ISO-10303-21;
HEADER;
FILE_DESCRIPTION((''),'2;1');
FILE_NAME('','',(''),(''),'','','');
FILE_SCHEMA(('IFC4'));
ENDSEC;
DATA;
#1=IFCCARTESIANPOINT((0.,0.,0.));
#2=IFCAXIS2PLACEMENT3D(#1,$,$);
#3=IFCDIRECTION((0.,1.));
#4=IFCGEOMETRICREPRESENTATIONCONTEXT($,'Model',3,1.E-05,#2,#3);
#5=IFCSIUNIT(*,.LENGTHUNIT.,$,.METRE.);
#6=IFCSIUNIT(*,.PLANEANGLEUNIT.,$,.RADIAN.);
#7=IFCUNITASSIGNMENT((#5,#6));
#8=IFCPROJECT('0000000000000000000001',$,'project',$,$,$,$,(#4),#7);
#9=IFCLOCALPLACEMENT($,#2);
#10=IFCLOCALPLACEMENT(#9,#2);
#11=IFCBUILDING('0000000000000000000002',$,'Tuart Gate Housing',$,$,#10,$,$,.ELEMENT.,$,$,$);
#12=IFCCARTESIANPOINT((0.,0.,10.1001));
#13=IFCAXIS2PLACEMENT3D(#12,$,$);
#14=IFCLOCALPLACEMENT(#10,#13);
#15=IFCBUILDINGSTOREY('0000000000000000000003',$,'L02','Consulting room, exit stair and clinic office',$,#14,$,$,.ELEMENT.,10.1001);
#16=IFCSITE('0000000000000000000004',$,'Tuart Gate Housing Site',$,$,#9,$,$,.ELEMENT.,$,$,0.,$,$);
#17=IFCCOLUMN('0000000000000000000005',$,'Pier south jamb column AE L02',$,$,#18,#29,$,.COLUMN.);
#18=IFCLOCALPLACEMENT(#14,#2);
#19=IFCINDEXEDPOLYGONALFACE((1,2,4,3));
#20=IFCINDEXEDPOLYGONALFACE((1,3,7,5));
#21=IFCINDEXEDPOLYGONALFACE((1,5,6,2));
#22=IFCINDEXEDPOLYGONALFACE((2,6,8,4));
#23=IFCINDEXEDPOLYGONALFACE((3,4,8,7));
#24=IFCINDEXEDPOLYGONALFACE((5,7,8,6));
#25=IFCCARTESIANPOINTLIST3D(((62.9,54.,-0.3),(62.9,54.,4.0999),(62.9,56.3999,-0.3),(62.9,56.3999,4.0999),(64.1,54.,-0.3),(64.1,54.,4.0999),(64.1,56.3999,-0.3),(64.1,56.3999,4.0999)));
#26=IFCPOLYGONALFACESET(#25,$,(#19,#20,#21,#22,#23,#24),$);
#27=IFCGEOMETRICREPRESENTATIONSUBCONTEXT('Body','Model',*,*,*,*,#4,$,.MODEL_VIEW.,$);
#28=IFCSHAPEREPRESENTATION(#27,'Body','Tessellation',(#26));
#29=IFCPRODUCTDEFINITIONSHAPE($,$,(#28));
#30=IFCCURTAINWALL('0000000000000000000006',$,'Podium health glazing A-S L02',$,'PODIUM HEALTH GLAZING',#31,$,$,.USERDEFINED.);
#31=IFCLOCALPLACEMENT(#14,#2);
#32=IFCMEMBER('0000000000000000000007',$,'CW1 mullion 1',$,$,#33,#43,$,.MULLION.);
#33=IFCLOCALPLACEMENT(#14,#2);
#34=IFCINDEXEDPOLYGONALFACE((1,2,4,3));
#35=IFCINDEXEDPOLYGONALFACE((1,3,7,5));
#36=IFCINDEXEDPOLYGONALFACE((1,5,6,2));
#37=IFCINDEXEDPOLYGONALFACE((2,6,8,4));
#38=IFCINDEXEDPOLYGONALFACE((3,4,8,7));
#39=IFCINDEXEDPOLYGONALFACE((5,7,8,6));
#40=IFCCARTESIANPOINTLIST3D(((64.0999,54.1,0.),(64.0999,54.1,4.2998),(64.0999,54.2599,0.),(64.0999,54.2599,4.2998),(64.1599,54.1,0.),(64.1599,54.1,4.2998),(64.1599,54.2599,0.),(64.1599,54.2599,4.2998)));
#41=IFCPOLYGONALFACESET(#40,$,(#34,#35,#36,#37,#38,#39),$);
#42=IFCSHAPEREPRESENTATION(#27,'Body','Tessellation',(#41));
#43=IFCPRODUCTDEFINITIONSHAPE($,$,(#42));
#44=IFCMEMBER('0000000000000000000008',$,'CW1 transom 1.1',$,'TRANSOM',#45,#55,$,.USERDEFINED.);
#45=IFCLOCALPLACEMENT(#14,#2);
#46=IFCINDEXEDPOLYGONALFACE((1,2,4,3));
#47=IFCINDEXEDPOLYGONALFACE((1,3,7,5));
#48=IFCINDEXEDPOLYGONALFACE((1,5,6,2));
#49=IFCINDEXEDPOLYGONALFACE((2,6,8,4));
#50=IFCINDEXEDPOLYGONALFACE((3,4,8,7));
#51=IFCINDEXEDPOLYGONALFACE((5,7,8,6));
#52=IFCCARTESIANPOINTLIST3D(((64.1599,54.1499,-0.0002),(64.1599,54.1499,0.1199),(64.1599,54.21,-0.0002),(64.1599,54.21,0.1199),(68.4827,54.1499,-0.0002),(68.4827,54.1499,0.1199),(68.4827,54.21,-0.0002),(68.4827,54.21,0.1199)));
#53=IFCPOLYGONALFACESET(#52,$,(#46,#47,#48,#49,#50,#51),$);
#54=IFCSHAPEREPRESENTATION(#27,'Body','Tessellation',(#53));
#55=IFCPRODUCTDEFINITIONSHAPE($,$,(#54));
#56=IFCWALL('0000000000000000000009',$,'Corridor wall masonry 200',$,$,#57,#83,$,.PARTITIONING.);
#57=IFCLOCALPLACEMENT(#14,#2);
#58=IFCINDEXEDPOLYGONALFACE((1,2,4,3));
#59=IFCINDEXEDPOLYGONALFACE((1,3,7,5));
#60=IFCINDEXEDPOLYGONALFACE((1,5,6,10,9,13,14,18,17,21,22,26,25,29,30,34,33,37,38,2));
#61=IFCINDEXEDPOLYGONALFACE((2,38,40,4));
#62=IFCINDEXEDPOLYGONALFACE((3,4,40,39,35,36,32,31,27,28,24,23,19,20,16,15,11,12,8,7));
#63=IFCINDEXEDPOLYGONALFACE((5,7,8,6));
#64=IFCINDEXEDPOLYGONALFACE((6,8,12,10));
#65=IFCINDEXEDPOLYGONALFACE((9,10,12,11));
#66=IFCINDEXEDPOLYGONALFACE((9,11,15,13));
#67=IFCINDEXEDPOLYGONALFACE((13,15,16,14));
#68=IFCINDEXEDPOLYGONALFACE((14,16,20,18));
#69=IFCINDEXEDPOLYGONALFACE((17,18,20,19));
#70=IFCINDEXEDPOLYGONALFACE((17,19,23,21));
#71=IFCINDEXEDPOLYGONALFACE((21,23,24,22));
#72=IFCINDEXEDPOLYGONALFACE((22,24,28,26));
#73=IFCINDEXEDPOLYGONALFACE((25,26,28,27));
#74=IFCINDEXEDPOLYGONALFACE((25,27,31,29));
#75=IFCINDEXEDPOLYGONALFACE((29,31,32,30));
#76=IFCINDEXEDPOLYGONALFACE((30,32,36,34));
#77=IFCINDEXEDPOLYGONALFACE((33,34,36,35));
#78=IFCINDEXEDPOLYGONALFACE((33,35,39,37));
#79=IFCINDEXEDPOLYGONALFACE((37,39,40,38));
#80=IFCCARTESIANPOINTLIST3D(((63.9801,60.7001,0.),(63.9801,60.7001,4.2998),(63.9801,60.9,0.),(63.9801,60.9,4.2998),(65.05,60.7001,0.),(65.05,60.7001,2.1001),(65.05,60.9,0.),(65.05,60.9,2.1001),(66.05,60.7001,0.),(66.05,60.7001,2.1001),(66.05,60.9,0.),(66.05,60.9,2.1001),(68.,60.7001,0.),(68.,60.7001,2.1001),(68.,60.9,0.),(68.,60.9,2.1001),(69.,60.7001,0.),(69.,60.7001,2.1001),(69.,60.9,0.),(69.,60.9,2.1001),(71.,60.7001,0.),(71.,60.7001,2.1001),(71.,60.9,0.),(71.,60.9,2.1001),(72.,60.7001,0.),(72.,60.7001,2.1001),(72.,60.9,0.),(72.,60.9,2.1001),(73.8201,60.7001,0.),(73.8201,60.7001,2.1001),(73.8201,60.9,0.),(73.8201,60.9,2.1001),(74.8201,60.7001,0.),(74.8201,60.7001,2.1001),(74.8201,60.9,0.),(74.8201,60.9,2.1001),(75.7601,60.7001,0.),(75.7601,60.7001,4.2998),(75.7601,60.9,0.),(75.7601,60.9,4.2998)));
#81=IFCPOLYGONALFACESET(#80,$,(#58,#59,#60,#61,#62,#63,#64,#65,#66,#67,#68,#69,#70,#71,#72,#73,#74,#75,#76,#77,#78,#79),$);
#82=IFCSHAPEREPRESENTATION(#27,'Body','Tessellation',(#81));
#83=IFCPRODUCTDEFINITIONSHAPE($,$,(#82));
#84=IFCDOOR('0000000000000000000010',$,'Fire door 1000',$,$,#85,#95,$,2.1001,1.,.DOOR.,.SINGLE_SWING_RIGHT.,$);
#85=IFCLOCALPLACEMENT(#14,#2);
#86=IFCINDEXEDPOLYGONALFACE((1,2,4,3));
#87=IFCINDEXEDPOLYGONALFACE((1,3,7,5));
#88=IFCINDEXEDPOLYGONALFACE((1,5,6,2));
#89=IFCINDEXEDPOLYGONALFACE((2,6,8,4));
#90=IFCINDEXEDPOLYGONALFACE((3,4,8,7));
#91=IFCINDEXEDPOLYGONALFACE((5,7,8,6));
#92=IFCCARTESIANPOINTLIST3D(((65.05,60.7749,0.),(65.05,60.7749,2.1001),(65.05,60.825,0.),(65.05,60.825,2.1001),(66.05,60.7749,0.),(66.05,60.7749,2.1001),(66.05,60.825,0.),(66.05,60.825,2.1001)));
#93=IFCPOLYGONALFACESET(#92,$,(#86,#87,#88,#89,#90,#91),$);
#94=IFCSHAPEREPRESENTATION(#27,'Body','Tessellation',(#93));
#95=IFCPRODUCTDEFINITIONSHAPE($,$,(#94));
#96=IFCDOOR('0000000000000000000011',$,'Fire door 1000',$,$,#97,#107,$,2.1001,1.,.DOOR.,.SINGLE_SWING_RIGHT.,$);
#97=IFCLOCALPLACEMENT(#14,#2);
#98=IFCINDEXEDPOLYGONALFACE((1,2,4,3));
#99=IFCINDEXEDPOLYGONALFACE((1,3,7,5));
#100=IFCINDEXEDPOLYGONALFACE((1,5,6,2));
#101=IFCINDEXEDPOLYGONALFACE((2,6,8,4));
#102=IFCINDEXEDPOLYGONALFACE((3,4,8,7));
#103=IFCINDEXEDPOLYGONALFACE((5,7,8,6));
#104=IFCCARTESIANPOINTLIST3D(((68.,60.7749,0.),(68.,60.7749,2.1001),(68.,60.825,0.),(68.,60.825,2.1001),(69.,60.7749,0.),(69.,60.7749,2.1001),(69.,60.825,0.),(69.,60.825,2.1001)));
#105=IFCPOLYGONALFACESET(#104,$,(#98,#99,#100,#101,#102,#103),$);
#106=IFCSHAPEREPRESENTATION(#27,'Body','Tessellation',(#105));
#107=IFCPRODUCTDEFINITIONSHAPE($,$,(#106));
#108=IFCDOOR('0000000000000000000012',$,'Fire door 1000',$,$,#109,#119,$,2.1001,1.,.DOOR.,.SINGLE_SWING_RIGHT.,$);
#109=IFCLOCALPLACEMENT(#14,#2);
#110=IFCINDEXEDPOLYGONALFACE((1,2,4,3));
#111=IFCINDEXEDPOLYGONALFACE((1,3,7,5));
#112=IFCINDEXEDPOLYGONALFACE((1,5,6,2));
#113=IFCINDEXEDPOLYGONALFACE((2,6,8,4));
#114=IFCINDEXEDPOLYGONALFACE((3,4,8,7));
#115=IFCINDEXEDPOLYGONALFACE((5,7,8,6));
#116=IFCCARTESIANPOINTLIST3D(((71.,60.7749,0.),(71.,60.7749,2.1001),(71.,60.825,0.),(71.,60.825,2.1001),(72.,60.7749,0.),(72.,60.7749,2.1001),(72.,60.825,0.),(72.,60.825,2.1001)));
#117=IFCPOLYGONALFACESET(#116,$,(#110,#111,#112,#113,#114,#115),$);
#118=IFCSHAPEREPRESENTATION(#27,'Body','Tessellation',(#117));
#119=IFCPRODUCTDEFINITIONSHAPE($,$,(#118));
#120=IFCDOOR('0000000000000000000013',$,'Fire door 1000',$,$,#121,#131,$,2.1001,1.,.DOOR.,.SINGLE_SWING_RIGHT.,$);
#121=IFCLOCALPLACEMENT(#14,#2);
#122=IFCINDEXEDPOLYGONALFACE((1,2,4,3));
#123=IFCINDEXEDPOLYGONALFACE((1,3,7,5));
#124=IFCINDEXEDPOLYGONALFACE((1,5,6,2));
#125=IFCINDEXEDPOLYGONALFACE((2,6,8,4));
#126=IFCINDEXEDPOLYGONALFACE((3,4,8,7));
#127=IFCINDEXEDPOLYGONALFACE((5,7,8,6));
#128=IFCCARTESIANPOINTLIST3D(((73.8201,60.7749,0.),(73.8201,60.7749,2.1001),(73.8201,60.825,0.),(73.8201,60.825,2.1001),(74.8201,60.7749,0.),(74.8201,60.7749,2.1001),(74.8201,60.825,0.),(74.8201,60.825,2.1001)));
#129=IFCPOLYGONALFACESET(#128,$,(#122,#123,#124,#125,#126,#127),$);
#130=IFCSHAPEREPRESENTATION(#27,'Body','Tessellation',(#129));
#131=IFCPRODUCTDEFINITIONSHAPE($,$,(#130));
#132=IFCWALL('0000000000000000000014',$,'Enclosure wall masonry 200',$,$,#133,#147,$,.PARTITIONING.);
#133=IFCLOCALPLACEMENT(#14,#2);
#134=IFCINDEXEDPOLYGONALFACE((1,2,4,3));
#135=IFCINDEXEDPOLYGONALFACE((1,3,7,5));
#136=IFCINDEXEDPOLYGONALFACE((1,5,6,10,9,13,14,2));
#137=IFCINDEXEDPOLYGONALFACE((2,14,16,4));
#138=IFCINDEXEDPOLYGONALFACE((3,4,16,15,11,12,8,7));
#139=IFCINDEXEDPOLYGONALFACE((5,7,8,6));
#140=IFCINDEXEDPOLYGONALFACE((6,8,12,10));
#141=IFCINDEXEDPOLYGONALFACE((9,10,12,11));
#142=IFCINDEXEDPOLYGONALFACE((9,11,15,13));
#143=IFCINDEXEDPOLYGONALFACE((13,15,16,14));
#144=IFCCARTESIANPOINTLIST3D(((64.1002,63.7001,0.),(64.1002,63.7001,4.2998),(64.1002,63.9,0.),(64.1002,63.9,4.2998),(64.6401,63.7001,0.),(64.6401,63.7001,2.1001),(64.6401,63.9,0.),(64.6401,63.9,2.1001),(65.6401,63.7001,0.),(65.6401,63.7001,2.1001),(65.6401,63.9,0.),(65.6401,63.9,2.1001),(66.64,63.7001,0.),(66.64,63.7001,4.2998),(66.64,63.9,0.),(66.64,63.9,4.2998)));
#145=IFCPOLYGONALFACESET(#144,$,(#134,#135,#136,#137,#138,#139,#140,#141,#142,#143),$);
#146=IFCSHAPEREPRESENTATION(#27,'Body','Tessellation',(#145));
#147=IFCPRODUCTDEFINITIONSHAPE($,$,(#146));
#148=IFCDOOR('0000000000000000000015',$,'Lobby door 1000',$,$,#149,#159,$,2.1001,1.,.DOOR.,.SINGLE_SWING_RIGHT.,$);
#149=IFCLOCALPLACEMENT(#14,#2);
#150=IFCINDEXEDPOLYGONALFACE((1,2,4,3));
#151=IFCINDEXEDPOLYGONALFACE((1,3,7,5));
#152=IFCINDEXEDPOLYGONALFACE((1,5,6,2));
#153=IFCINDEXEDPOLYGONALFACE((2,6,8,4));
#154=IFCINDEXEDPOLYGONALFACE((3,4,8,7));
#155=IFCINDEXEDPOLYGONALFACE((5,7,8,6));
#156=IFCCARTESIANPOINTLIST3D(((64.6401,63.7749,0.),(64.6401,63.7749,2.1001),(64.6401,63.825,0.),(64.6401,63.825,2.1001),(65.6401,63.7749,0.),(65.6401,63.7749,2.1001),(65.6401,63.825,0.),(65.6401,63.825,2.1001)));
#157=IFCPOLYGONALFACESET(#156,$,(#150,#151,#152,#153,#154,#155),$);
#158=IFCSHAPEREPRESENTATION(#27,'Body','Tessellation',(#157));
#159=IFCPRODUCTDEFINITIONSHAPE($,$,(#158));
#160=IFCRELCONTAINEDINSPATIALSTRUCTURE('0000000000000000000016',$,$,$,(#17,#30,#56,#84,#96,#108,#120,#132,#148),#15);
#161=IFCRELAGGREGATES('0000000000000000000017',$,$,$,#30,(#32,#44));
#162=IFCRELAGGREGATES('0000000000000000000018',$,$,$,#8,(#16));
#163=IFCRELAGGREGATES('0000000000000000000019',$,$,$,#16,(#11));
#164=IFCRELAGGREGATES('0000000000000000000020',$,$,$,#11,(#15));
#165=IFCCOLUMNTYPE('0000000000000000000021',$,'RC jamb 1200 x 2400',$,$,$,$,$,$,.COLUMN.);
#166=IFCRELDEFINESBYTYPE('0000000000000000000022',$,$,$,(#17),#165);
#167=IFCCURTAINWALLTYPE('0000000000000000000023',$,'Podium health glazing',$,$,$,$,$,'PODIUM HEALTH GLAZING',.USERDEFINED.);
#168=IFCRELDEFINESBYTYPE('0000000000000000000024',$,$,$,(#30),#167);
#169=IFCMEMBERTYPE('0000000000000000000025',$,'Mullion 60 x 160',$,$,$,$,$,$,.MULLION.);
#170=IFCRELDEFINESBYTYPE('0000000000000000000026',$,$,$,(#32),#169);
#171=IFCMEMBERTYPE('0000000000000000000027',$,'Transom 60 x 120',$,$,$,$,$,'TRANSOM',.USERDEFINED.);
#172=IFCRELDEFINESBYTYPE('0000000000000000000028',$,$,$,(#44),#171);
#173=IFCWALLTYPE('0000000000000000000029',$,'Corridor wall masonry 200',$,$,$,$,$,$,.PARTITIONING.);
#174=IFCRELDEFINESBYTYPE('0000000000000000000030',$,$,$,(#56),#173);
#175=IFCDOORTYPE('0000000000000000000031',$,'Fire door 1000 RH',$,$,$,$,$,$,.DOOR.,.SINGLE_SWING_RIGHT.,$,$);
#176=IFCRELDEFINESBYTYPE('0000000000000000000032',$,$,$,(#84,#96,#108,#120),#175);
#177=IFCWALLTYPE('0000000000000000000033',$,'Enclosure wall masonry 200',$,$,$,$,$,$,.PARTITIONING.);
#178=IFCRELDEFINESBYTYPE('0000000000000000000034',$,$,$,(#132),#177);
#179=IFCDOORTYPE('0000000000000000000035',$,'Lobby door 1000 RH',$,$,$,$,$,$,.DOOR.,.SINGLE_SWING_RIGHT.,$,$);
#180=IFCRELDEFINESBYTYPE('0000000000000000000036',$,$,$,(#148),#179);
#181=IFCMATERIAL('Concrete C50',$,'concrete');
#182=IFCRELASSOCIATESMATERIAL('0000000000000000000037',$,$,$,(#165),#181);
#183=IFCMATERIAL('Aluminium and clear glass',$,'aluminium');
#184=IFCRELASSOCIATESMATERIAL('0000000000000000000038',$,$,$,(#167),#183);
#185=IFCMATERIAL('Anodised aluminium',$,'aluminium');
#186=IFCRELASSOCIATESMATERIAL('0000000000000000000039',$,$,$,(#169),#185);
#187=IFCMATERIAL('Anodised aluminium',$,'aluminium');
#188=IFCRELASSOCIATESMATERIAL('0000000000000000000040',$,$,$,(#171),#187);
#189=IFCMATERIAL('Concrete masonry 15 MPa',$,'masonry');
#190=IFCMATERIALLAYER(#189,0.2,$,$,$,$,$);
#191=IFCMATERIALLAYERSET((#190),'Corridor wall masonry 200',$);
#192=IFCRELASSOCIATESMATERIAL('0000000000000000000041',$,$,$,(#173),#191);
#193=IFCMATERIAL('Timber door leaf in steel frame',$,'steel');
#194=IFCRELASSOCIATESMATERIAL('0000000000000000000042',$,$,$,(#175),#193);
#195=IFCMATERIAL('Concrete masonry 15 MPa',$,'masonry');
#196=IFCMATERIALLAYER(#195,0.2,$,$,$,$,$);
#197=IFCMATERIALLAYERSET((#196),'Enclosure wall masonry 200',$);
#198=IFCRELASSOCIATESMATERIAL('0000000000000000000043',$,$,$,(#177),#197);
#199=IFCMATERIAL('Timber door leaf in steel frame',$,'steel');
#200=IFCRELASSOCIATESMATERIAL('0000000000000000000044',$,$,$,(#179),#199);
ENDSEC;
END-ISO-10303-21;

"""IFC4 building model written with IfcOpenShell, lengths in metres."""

from ifc_helpers import new_model, si_unit, direction, frame, frame_2d, origin, origin_2d, place, context, subcontext, project, spatial, rectangle, extrude, material, layer, layer_set, material_profile, profile_set, type_object, element, fill, aggregate, save


model = new_model("IFC4")

# Units and contexts
model_context = context("Model", 3, precision=1e-05, world=origin(), true_north=direction((0.0, 1.0)))
body_context = subcontext(model_context, "Body", "Model", "MODEL_VIEW")
ifc_project = project(units=[si_unit("LENGTHUNIT", "METRE"), si_unit("PLANEANGLEUNIT", "RADIAN")], contexts=[model_context])

# Site, building, storey
site_placement = place(None, origin())
site = spatial("IfcSite", under=ifc_project, at=site_placement, Name="Tuart Gate Housing Site", CompositionType="ELEMENT", RefElevation=0.0)
building_placement = place(site_placement, origin())
building = spatial("IfcBuilding", under=site, at=building_placement, Name="Tuart Gate Housing", CompositionType="ELEMENT")
storey_placement = place(building_placement, frame((0.0, 0.0, 10.1001)))
storey = spatial("IfcBuildingStorey", under=building, at=storey_placement, Name="L02", Description="Consulting room, exit stair and clinic office", CompositionType="ELEMENT", Elevation=10.1001)

# Column
ifc_material_1 = material(Name="Concrete C50", Category="concrete")
ifc_material_profile_1 = material_profile(ifc_material_1, rectangle(XDim=1.2, YDim=2.3999, at=origin_2d()), Name="RC jamb 1200 x 2400")
ifc_profile_set_1 = profile_set([ifc_material_profile_1], Name="Concrete C50")
column_type = type_object("IfcColumnType", Name="RC jamb 1200 x 2400", PredefinedType="COLUMN", material=ifc_profile_set_1)
column_placement = place(storey_placement, frame((63.5, 55.2, -0.3), z_axis=(0.0, 0.0, 1.0), x_axis=(1.0, 0.0, 0.0)))
element("IfcColumn", 1, at=column_placement, inside=storey, type_object=column_type, Name="Pier south jamb column AE L02", PredefinedType="COLUMN", context=body_context, shape_type="SweptSolid", body=[
    extrude(rectangle(XDim=1.2, YDim=2.3999, at=origin_2d()), origin(), (0.0, 0.0, 1.0), 4.3999),
])

# Curtain wall, members
ifc_material_2 = material(Name="Aluminium and clear glass", Category="aluminium")
curtain_wall_type = type_object("IfcCurtainWallType", Name="Podium health glazing", ElementType="PODIUM HEALTH GLAZING", PredefinedType="USERDEFINED", material=ifc_material_2)
curtain_wall_placement = place(storey_placement, origin())
curtain_wall = element("IfcCurtainWall", 2, at=curtain_wall_placement, inside=storey, type_object=curtain_wall_type, Name="Podium health glazing A-S L02", ObjectType="PODIUM HEALTH GLAZING", PredefinedType="USERDEFINED")
ifc_material_3 = material(Name="Anodised aluminium", Category="aluminium")
ifc_material_profile_2 = material_profile(ifc_material_3, rectangle(XDim=0.0601, YDim=0.1599, at=origin_2d()), Name="60x160")
ifc_profile_set_2 = profile_set([ifc_material_profile_2], Name="Anodised aluminium")
member_type_1 = type_object("IfcMemberType", Name="Mullion 60 x 160", PredefinedType="MULLION", material=ifc_profile_set_2)
member_1_placement = place(storey_placement, frame((64.1299, 54.1799, 0.0), z_axis=(0.0, 0.0, 1.0), x_axis=(1.0, 0.0, 0.0)))
member_1 = element("IfcMember", 3, at=member_1_placement, type_object=member_type_1, Name="CW1 mullion 1", PredefinedType="MULLION", context=body_context, shape_type="SweptSolid", body=[
    extrude(rectangle(XDim=0.0601, YDim=0.1599, at=origin_2d()), origin(), (0.0, 0.0, 1.0), 4.2998),
])
ifc_material_4 = material(Name="Anodised aluminium", Category="aluminium")
ifc_material_profile_3 = material_profile(ifc_material_4, rectangle(XDim=0.0601, YDim=0.1201, at=origin_2d()), Name="60x120")
ifc_profile_set_3 = profile_set([ifc_material_profile_3], Name="Anodised aluminium")
member_type_2 = type_object("IfcMemberType", Name="Transom 60 x 120", ElementType="TRANSOM", PredefinedType="USERDEFINED", material=ifc_profile_set_3)
member_2_placement = place(storey_placement, frame((64.1599, 54.1799, 0.0598), z_axis=(1.0, 0.0, 0.0), x_axis=(0.0, 1.0, 0.0)))
member_2 = element("IfcMember", 4, at=member_2_placement, type_object=member_type_2, Name="CW1 transom 1.1", ObjectType="TRANSOM", PredefinedType="USERDEFINED", context=body_context, shape_type="SweptSolid", body=[
    extrude(rectangle(XDim=0.0601, YDim=0.1201, at=origin_2d()), origin(), (0.0, 0.0, 1.0), 4.3228),
])
aggregate(curtain_wall, [member_1, member_2])

# Wall, openings, doors
ifc_material_5 = material(Name="Concrete masonry 15 MPa", Category="masonry")
ifc_layer_1 = layer(ifc_material_5, 0.2)
ifc_layer_set_1 = layer_set([ifc_layer_1], Name="Corridor wall masonry 200")
wall_type_1 = type_object("IfcWallType", Name="Corridor wall masonry 200", PredefinedType="PARTITIONING", material=ifc_layer_set_1)
wall_1_placement = place(storey_placement, frame((63.98, 60.8, 0.0), z_axis=(0.0, 0.0, 1.0), x_axis=(1.0, 0.0, 0.0)))
wall_1 = element("IfcWall", 5, at=wall_1_placement, inside=storey, type_object=wall_type_1, Name="Corridor wall masonry 200", PredefinedType="PARTITIONING", context=body_context, shape_type="SweptSolid", body=[
    extrude(rectangle(XDim=11.78, YDim=0.2, at=frame_2d((5.8901, 0.0))), origin(), (0.0, 0.0, 1.0), 4.2998),
])
opening_1_placement = place(wall_1_placement, frame((1.0701, 0.0, 0.0)))
opening_1 = element("IfcOpeningElement", 6, at=opening_1_placement, cuts=wall_1, PredefinedType="OPENING", context=body_context, shape_type="SweptSolid", body=[
    extrude(rectangle(XDim=1.0, YDim=2.1001, at=frame_2d((0.5, 1.05))), frame((0.0, 0.1099, 0.0), z_axis=(0.0, -1.0, 0.0), x_axis=(1.0, 0.0, 0.0)), (0.0, 0.0, 1.0), 0.22),
])
opening_2_placement = place(wall_1_placement, frame((4.02, 0.0, 0.0)))
opening_2 = element("IfcOpeningElement", 7, at=opening_2_placement, cuts=wall_1, PredefinedType="OPENING", context=body_context, shape_type="SweptSolid", body=[
    extrude(rectangle(XDim=1.0, YDim=2.1001, at=frame_2d((0.5, 1.05))), frame((0.0, 0.1099, 0.0), z_axis=(0.0, -1.0, 0.0), x_axis=(1.0, 0.0, 0.0)), (0.0, 0.0, 1.0), 0.22),
])
opening_3_placement = place(wall_1_placement, frame((7.02, 0.0, 0.0)))
opening_3 = element("IfcOpeningElement", 8, at=opening_3_placement, cuts=wall_1, PredefinedType="OPENING", context=body_context, shape_type="SweptSolid", body=[
    extrude(rectangle(XDim=1.0, YDim=2.1001, at=frame_2d((0.5, 1.05))), frame((0.0, 0.1099, 0.0), z_axis=(0.0, -1.0, 0.0), x_axis=(1.0, 0.0, 0.0)), (0.0, 0.0, 1.0), 0.22),
])
opening_4_placement = place(wall_1_placement, frame((9.8401, 0.0, 0.0)))
opening_4 = element("IfcOpeningElement", 9, at=opening_4_placement, cuts=wall_1, PredefinedType="OPENING", context=body_context, shape_type="SweptSolid", body=[
    extrude(rectangle(XDim=1.0, YDim=2.1001, at=frame_2d((0.5, 1.05))), frame((0.0, 0.1099, 0.0), z_axis=(0.0, -1.0, 0.0), x_axis=(1.0, 0.0, 0.0)), (0.0, 0.0, 1.0), 0.22),
])
ifc_material_6 = material(Name="Timber door leaf in steel frame", Category="steel")
door_type_1 = type_object("IfcDoorType", Name="Fire door 1000 RH", OperationType="SINGLE_SWING_RIGHT", PredefinedType="DOOR", material=ifc_material_6)
door_1_placement = place(opening_1_placement, frame((1.0, 0.0, 0.0), z_axis=(0.0, 0.0, 1.0), x_axis=(-1.0, 0.0, 0.0)))
door_1 = element("IfcDoor", 10, at=door_1_placement, inside=storey, type_object=door_type_1, Name="Fire door 1000", OperationType="SINGLE_SWING_RIGHT", OverallHeight=2.1001, OverallWidth=1.0, PredefinedType="DOOR", context=body_context, shape_type="SweptSolid", body=[
    extrude(rectangle(XDim=1.0, YDim=2.1001, at=frame_2d((0.5, 1.05))), frame((0.0, 0.0251, 0.0), z_axis=(0.0, -1.0, 0.0), x_axis=(1.0, 0.0, 0.0)), (0.0, 0.0, 1.0), 0.05),
])
fill(opening_1, door_1)
door_2_placement = place(opening_2_placement, frame((1.0, 0.0, 0.0), z_axis=(0.0, 0.0, 1.0), x_axis=(-1.0, 0.0, 0.0)))
door_2 = element("IfcDoor", 11, at=door_2_placement, inside=storey, type_object=door_type_1, Name="Fire door 1000", OperationType="SINGLE_SWING_RIGHT", OverallHeight=2.1001, OverallWidth=1.0, PredefinedType="DOOR", context=body_context, shape_type="SweptSolid", body=[
    extrude(rectangle(XDim=1.0, YDim=2.1001, at=frame_2d((0.5, 1.05))), frame((0.0, 0.0251, 0.0), z_axis=(0.0, -1.0, 0.0), x_axis=(1.0, 0.0, 0.0)), (0.0, 0.0, 1.0), 0.05),
])
fill(opening_2, door_2)
door_3_placement = place(opening_3_placement, frame((1.0, 0.0, 0.0), z_axis=(0.0, 0.0, 1.0), x_axis=(-1.0, 0.0, 0.0)))
door_3 = element("IfcDoor", 12, at=door_3_placement, inside=storey, type_object=door_type_1, Name="Fire door 1000", OperationType="SINGLE_SWING_RIGHT", OverallHeight=2.1001, OverallWidth=1.0, PredefinedType="DOOR", context=body_context, shape_type="SweptSolid", body=[
    extrude(rectangle(XDim=1.0, YDim=2.1001, at=frame_2d((0.5, 1.05))), frame((0.0, 0.0251, 0.0), z_axis=(0.0, -1.0, 0.0), x_axis=(1.0, 0.0, 0.0)), (0.0, 0.0, 1.0), 0.05),
])
fill(opening_3, door_3)
door_4_placement = place(opening_4_placement, frame((1.0, 0.0, 0.0), z_axis=(0.0, 0.0, 1.0), x_axis=(-1.0, 0.0, 0.0)))
door_4 = element("IfcDoor", 13, at=door_4_placement, inside=storey, type_object=door_type_1, Name="Fire door 1000", OperationType="SINGLE_SWING_RIGHT", OverallHeight=2.1001, OverallWidth=1.0, PredefinedType="DOOR", context=body_context, shape_type="SweptSolid", body=[
    extrude(rectangle(XDim=1.0, YDim=2.1001, at=frame_2d((0.5, 1.05))), frame((0.0, 0.0251, 0.0), z_axis=(0.0, -1.0, 0.0), x_axis=(1.0, 0.0, 0.0)), (0.0, 0.0, 1.0), 0.05),
])
fill(opening_4, door_4)

# Wall, opening, door
ifc_material_7 = material(Name="Concrete masonry 15 MPa", Category="masonry")
ifc_layer_2 = layer(ifc_material_7, 0.2)
ifc_layer_set_2 = layer_set([ifc_layer_2], Name="Enclosure wall masonry 200")
wall_type_2 = type_object("IfcWallType", Name="Enclosure wall masonry 200", PredefinedType="PARTITIONING", material=ifc_layer_set_2)
wall_2_placement = place(storey_placement, frame((64.1001, 63.8, 0.0), z_axis=(0.0, 0.0, 1.0), x_axis=(1.0, 0.0, 0.0)))
wall_2 = element("IfcWall", 14, at=wall_2_placement, inside=storey, type_object=wall_type_2, Name="Enclosure wall masonry 200", PredefinedType="PARTITIONING", context=body_context, shape_type="SweptSolid", body=[
    extrude(rectangle(XDim=2.5398, YDim=0.2, at=frame_2d((1.27, 0.0))), origin(), (0.0, 0.0, 1.0), 4.2998),
])
opening_5_placement = place(wall_2_placement, frame((0.54, 0.0, 0.0)))
opening_5 = element("IfcOpeningElement", 15, at=opening_5_placement, cuts=wall_2, PredefinedType="OPENING", context=body_context, shape_type="SweptSolid", body=[
    extrude(rectangle(XDim=1.0, YDim=2.1001, at=frame_2d((0.5, 1.05))), frame((0.0, 0.1099, 0.0), z_axis=(0.0, -1.0, 0.0), x_axis=(1.0, 0.0, 0.0)), (0.0, 0.0, 1.0), 0.22),
])
ifc_material_8 = material(Name="Timber door leaf in steel frame", Category="steel")
door_type_2 = type_object("IfcDoorType", Name="Lobby door 1000 RH", OperationType="SINGLE_SWING_RIGHT", PredefinedType="DOOR", material=ifc_material_8)
door_5_placement = place(opening_5_placement, frame((1.0, 0.0, 0.0), z_axis=(0.0, 0.0, 1.0), x_axis=(-1.0, 0.0, 0.0)))
door_5 = element("IfcDoor", 16, at=door_5_placement, inside=storey, type_object=door_type_2, Name="Lobby door 1000", OperationType="SINGLE_SWING_RIGHT", OverallHeight=2.1001, OverallWidth=1.0, PredefinedType="DOOR", context=body_context, shape_type="SweptSolid", body=[
    extrude(rectangle(XDim=1.0, YDim=2.1001, at=frame_2d((0.5, 1.05))), frame((0.0, 0.0251, 0.0), z_axis=(0.0, -1.0, 0.0), x_axis=(1.0, 0.0, 0.0)), (0.0, 0.0, 1.0), 0.05),
])
fill(opening_5, door_5)

save(model, "model.ifc")
